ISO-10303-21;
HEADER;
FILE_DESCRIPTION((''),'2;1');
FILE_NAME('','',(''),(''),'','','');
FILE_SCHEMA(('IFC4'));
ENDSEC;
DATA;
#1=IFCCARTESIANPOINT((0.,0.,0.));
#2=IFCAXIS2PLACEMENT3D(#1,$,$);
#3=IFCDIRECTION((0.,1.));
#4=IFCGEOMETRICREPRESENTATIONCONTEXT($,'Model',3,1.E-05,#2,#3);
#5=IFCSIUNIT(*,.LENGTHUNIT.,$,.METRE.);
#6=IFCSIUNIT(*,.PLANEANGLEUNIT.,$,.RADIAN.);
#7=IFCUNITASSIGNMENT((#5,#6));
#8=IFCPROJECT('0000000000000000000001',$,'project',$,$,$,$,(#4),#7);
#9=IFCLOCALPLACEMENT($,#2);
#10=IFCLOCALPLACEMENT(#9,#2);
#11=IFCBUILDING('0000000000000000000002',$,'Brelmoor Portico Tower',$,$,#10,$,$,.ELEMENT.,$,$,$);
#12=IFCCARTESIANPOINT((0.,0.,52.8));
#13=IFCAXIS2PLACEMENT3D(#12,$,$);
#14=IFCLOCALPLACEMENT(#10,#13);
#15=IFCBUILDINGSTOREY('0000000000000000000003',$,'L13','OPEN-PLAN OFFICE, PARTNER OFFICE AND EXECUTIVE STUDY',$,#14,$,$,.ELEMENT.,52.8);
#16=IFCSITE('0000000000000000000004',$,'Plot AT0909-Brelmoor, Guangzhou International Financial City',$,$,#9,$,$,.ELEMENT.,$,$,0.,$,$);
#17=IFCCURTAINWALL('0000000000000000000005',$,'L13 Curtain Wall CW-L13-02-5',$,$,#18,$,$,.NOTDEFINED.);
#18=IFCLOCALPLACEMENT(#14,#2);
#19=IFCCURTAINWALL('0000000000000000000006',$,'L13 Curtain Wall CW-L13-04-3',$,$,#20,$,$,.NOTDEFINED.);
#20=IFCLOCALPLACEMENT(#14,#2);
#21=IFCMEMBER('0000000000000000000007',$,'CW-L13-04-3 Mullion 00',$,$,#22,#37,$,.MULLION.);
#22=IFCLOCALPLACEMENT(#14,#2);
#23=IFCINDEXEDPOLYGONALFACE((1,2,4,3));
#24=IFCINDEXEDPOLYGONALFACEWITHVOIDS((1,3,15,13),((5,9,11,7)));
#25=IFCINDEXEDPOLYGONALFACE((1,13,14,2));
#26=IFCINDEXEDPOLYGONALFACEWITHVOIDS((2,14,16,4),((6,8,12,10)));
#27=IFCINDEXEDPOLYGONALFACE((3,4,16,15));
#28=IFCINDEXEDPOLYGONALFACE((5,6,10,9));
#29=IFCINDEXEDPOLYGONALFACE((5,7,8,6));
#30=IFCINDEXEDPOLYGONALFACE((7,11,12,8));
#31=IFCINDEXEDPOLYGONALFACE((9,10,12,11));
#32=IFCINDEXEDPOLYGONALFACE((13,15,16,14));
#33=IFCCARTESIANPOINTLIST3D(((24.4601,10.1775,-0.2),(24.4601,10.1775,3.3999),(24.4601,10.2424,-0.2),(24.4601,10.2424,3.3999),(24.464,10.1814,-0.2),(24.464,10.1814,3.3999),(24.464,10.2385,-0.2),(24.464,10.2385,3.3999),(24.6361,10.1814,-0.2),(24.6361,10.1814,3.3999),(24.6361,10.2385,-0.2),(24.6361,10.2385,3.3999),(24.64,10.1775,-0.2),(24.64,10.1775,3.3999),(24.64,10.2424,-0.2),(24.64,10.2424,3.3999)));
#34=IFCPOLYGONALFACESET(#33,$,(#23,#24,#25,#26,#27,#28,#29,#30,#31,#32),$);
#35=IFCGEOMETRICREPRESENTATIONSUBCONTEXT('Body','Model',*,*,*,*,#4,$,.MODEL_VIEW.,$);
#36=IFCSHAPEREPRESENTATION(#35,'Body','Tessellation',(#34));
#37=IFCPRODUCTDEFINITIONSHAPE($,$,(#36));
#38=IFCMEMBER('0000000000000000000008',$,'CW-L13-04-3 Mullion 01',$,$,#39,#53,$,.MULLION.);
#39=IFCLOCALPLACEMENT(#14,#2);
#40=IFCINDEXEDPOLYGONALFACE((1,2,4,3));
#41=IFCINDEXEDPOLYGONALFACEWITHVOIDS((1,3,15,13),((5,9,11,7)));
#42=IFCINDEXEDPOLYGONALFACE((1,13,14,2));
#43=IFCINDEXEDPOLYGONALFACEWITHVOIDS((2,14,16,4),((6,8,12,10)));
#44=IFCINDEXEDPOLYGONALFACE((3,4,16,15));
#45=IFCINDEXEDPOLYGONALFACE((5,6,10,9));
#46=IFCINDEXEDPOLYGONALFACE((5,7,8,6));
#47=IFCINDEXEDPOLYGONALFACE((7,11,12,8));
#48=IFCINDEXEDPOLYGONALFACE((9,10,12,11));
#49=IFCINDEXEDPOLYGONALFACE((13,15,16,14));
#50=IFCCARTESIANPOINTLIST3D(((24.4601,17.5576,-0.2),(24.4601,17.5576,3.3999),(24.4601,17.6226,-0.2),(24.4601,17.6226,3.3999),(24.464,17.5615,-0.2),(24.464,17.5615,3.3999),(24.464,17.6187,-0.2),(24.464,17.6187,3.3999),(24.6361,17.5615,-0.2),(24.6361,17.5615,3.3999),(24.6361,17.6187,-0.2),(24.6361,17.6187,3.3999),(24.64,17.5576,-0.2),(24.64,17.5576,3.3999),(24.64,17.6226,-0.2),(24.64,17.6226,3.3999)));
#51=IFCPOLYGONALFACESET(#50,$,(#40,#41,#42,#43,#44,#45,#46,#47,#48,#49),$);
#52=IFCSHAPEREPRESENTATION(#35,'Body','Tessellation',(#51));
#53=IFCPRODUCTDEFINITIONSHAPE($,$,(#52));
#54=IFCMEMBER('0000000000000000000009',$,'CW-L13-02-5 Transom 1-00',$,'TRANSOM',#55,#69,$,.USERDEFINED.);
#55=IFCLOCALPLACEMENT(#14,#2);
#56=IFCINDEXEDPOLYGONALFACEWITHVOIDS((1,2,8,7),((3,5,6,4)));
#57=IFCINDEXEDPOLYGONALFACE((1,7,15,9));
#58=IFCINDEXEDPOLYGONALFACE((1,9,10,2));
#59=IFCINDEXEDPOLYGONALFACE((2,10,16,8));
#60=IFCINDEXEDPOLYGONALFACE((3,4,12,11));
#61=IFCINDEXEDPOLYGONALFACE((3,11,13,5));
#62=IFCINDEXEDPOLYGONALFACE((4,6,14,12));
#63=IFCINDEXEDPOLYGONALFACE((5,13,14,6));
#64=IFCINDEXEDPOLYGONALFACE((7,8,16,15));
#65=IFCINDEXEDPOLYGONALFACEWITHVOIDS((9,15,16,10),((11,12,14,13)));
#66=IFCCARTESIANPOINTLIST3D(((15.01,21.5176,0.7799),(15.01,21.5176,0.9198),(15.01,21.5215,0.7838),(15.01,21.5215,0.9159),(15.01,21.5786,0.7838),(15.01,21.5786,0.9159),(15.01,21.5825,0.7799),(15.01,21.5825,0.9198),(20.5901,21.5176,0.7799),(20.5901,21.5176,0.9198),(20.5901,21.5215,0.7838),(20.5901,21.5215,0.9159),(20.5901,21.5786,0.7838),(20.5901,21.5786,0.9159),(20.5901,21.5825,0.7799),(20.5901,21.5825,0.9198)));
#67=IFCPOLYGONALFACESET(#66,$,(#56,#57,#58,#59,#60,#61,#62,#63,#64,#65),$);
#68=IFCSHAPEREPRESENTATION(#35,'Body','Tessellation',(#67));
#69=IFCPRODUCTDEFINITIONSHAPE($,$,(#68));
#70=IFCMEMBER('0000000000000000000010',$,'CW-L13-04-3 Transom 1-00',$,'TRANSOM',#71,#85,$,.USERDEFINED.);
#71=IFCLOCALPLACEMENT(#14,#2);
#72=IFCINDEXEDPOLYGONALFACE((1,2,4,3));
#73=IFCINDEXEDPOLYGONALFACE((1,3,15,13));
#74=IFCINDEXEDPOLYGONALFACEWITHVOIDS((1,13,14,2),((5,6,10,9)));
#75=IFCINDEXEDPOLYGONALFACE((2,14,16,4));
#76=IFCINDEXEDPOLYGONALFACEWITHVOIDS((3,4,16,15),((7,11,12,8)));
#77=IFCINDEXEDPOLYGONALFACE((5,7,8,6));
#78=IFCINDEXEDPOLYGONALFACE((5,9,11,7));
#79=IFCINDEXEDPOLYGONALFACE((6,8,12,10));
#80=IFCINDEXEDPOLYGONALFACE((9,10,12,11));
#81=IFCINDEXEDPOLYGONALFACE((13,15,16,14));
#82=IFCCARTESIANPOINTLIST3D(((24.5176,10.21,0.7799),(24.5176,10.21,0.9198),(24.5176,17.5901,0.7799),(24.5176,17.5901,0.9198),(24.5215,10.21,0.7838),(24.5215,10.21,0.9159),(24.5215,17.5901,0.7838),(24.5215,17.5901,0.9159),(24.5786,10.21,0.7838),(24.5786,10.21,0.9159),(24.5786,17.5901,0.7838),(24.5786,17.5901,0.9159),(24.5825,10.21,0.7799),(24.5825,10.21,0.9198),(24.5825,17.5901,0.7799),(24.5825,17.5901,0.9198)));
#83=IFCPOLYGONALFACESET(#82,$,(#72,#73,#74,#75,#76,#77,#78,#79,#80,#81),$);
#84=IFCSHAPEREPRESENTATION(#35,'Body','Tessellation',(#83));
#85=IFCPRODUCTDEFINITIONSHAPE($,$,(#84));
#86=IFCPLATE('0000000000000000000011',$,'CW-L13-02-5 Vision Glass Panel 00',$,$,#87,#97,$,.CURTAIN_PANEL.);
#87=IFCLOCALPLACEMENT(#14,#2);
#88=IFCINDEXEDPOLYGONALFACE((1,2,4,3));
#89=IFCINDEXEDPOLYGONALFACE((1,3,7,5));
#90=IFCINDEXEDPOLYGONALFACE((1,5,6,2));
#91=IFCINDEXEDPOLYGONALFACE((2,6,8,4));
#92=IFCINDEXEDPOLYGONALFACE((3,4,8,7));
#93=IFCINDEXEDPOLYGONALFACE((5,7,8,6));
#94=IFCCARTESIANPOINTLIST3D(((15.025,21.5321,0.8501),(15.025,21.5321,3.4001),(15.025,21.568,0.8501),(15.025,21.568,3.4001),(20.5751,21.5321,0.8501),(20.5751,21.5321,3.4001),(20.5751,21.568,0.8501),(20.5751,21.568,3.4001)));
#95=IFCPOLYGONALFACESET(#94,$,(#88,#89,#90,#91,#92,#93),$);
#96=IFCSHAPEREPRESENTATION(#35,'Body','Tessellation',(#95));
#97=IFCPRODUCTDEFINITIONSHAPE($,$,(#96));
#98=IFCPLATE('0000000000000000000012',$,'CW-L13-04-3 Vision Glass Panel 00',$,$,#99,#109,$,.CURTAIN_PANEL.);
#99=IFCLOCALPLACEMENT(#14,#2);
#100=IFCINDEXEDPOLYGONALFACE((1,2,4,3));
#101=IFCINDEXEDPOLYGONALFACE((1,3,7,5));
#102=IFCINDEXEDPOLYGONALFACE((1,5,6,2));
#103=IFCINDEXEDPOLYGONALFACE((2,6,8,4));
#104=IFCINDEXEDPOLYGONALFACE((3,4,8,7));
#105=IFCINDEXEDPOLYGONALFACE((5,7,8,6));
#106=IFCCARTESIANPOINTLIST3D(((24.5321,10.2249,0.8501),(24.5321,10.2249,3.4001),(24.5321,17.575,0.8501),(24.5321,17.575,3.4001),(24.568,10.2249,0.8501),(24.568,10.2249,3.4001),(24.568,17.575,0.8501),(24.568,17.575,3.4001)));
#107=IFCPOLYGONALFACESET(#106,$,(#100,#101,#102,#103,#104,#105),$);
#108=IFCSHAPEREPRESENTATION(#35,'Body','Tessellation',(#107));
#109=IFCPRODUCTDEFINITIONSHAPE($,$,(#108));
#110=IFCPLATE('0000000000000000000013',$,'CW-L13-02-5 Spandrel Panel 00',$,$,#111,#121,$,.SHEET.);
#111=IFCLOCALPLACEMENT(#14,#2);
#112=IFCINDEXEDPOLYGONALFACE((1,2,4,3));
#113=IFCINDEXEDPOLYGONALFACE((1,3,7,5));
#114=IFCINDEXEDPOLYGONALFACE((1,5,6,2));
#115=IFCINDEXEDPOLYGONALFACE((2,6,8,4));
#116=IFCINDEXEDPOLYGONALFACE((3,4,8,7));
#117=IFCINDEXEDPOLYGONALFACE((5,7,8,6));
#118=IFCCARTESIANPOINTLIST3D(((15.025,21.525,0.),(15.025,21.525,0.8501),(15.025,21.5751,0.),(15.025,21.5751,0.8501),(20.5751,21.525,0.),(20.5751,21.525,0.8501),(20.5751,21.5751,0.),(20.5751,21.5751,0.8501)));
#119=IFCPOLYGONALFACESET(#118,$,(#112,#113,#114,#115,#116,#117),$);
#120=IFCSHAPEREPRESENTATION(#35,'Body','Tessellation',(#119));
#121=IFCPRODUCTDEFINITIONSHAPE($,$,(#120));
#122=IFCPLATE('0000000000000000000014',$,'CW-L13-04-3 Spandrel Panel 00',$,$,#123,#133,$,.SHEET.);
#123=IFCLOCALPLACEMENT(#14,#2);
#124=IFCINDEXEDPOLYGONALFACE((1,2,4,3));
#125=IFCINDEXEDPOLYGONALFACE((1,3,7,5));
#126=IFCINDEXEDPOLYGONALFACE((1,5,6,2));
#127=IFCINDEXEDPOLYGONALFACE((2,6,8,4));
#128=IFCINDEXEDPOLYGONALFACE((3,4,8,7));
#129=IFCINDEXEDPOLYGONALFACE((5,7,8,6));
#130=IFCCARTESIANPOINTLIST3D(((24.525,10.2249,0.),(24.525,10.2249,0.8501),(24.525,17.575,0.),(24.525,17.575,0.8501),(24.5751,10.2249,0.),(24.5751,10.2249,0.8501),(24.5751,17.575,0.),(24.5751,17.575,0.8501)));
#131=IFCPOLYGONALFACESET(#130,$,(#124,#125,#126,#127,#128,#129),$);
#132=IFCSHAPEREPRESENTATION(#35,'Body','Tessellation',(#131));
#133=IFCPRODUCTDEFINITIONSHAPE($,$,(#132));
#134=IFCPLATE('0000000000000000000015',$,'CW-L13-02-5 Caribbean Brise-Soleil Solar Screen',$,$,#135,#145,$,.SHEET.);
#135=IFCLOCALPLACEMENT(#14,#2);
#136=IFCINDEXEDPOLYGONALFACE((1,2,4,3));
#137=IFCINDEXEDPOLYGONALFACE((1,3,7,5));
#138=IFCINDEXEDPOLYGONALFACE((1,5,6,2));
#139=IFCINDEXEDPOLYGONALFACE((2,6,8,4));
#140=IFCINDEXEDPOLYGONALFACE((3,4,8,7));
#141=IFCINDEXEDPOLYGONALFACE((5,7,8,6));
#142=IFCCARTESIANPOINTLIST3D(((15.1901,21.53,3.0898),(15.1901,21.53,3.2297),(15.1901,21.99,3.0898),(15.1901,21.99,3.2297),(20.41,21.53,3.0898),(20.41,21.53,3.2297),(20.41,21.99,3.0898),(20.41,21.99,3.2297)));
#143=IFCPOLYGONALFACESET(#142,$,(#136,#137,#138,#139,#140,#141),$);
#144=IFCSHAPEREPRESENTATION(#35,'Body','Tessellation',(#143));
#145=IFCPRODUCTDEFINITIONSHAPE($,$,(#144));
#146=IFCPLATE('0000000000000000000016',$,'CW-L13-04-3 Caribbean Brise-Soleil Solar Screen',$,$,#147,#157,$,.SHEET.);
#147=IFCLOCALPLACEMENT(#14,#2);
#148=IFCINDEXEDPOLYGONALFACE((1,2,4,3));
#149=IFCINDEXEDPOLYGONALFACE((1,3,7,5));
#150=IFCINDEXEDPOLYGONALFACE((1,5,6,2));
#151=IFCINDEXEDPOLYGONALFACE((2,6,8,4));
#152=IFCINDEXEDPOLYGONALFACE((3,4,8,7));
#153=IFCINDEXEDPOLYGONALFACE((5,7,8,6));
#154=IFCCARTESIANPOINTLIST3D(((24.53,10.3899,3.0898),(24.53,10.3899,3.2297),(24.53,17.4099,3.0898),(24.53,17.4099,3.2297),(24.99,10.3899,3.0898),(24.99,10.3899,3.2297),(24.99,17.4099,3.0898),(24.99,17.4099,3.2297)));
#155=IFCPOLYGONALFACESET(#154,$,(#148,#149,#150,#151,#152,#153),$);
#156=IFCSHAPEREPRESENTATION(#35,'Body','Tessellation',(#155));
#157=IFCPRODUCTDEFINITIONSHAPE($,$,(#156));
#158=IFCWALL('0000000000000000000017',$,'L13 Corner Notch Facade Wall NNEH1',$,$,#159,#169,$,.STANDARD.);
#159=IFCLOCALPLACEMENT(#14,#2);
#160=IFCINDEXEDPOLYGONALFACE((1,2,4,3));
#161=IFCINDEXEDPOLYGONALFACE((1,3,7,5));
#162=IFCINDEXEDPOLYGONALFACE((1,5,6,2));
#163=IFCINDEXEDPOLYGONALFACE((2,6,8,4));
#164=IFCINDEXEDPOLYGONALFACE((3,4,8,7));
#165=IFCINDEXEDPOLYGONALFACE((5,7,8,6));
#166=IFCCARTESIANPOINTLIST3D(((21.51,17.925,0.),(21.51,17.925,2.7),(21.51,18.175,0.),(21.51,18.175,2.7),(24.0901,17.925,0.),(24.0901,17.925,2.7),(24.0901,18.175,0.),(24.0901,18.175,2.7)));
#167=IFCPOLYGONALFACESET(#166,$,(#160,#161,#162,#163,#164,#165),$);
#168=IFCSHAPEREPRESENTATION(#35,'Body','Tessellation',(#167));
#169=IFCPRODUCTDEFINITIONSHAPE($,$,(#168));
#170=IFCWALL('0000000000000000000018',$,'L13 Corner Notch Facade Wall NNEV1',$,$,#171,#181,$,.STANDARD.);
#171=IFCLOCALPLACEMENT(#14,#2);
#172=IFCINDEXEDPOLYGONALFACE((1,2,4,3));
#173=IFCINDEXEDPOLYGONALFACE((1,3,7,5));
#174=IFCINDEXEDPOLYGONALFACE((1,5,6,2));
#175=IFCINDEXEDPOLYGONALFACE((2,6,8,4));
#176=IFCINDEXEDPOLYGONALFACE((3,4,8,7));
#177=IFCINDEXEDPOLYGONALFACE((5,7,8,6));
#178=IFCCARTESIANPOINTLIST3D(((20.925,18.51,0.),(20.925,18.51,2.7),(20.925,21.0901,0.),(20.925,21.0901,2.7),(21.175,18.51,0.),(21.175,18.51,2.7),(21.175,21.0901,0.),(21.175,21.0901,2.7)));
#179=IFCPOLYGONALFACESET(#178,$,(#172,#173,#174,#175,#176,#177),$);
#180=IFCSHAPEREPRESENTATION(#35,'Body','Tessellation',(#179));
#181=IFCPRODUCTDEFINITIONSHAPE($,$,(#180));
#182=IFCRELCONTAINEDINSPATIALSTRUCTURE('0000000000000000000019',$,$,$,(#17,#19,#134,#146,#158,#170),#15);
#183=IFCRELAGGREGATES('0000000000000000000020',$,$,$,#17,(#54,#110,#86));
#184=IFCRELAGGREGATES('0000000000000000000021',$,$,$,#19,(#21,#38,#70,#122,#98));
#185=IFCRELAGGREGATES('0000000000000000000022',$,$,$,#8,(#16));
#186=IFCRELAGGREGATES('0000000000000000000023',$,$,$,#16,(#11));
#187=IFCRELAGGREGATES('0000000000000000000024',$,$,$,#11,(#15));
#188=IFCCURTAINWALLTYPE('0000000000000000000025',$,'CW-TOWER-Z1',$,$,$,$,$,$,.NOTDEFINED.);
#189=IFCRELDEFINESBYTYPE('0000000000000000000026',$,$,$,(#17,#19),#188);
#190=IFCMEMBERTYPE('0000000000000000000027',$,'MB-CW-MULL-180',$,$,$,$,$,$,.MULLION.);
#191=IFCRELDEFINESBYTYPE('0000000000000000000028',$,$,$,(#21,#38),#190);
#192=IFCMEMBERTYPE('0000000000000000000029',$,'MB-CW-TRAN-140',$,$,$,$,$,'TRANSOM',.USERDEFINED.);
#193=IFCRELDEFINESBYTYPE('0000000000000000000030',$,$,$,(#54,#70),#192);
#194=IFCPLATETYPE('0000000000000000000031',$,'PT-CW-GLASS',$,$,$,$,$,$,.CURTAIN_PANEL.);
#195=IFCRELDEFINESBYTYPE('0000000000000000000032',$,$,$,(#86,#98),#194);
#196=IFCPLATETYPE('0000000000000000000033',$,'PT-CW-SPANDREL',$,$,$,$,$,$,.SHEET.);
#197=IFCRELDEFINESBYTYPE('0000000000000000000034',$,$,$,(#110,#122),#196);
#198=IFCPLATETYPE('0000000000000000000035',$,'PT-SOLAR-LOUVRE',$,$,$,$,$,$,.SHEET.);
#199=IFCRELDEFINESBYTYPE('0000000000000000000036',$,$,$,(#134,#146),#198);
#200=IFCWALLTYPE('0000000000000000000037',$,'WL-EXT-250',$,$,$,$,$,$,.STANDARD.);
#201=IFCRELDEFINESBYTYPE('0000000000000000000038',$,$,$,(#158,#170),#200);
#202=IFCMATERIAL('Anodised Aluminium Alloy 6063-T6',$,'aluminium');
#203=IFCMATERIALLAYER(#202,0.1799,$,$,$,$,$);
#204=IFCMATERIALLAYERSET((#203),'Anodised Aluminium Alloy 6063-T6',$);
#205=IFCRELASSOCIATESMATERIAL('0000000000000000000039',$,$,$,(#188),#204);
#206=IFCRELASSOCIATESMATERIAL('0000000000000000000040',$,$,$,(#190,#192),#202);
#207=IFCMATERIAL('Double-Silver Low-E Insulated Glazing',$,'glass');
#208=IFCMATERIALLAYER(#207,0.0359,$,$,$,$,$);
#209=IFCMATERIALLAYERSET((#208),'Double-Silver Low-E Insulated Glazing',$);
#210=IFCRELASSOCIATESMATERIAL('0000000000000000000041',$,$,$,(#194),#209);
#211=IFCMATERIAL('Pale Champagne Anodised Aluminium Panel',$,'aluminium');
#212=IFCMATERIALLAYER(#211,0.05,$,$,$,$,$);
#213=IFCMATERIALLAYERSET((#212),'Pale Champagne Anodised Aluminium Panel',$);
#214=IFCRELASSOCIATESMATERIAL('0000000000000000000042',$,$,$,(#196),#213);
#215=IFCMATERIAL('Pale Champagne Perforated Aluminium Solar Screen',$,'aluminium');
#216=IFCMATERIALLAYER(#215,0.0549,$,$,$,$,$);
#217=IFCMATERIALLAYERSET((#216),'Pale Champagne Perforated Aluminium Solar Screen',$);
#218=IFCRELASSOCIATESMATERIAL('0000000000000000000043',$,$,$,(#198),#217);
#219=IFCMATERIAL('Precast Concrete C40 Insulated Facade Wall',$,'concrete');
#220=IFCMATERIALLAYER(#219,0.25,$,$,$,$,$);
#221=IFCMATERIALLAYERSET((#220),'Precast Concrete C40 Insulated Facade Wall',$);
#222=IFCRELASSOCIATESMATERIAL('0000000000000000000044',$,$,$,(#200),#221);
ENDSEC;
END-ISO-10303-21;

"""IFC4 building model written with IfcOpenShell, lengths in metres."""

from ifc_helpers import new_model, si_unit, direction, frame, frame_2d, origin, origin_2d, place, context, subcontext, project, spatial, rectangle, hollow_rectangle, extrude, material, layer, layer_set, material_profile, profile_set, type_object, element, aggregate, save


model = new_model("IFC4")

# Units and contexts
model_context = context("Model", 3, precision=1e-05, world=origin(), true_north=direction((0.0, 1.0)))
body_context = subcontext(model_context, "Body", "Model", "MODEL_VIEW")
ifc_project = project(units=[si_unit("LENGTHUNIT", "METRE"), si_unit("PLANEANGLEUNIT", "RADIAN")], contexts=[model_context])

# Site, building, storey
site_placement = place(None, origin())
site = spatial("IfcSite", under=ifc_project, at=site_placement, Name="Plot AT0909-Brelmoor, Guangzhou International Financial City", CompositionType="ELEMENT", RefElevation=0.0)
building_placement = place(site_placement, origin())
building = spatial("IfcBuilding", under=site, at=building_placement, Name="Brelmoor Portico Tower", CompositionType="ELEMENT")
storey_placement = place(building_placement, frame((0.0, 0.0, 52.8)))
storey = spatial("IfcBuildingStorey", under=building, at=storey_placement, Name="L13", Description="OPEN-PLAN OFFICE, PARTNER OFFICE AND EXECUTIVE STUDY", CompositionType="ELEMENT", Elevation=52.8)

# Shared definitions
ifc_material_1 = material(Name="Anodised Aluminium Alloy 6063-T6", Category="aluminium")
ifc_layer_1 = layer(ifc_material_1, 0.1799)
ifc_layer_set_1 = layer_set([ifc_layer_1], Name="Anodised Aluminium Alloy 6063-T6")
curtain_wall_type = type_object("IfcCurtainWallType", Name="CW-TOWER-Z1", PredefinedType="NOTDEFINED", material=ifc_layer_set_1)
ifc_material_profile_1 = material_profile(ifc_material_1, hollow_rectangle(XDim=0.0649, YDim=0.1799, WallThickness=0.0039, at=origin_2d()), Name="ALU MULLION 65x180")
ifc_profile_set_1 = profile_set([ifc_material_profile_1], Name="Anodised Aluminium Alloy 6063-T6")
member_type_1 = type_object("IfcMemberType", Name="MB-CW-MULL-180", PredefinedType="MULLION", material=ifc_profile_set_1)

# Curtain walls, members
curtain_wall_1_placement = place(storey_placement, origin())
curtain_wall_1 = element("IfcCurtainWall", 1, at=curtain_wall_1_placement, inside=storey, type_object=curtain_wall_type, Name="L13 Curtain Wall CW-L13-02-5", PredefinedType="NOTDEFINED")
curtain_wall_2_placement = place(storey_placement, origin())
curtain_wall_2 = element("IfcCurtainWall", 2, at=curtain_wall_2_placement, inside=storey, type_object=curtain_wall_type, Name="L13 Curtain Wall CW-L13-04-3", PredefinedType="NOTDEFINED")
member_1_placement = place(storey_placement, frame((24.55, 10.21, -0.2), z_axis=(0.0, 0.0, 1.0), x_axis=(0.0, 1.0, 0.0)))
member_1 = element("IfcMember", 3, at=member_1_placement, type_object=member_type_1, Name="CW-L13-04-3 Mullion 00", PredefinedType="MULLION", context=body_context, shape_type="SweptSolid", body=[
    extrude(hollow_rectangle(XDim=0.0649, YDim=0.1799, WallThickness=0.0039, at=origin_2d()), origin(), (0.0, 0.0, 1.0), 3.5999),
])
member_2_placement = place(storey_placement, frame((24.55, 17.5901, -0.2), z_axis=(0.0, 0.0, 1.0), x_axis=(0.0, 1.0, 0.0)))
member_2 = element("IfcMember", 4, at=member_2_placement, type_object=member_type_1, Name="CW-L13-04-3 Mullion 01", PredefinedType="MULLION", context=body_context, shape_type="SweptSolid", body=[
    extrude(hollow_rectangle(XDim=0.0649, YDim=0.1799, WallThickness=0.0039, at=origin_2d()), origin(), (0.0, 0.0, 1.0), 3.5999),
])

# Members
ifc_material_profile_2 = material_profile(ifc_material_1, hollow_rectangle(XDim=0.0649, YDim=0.1399, WallThickness=0.0039, at=origin_2d()), Name="ALU TRANSOM 65x140")
ifc_profile_set_2 = profile_set([ifc_material_profile_2], Name="Anodised Aluminium Alloy 6063-T6")
member_type_2 = type_object("IfcMemberType", Name="MB-CW-TRAN-140", ElementType="TRANSOM", PredefinedType="USERDEFINED", material=ifc_profile_set_2)
member_3_placement = place(storey_placement, frame((15.01, 21.55, 0.8499), z_axis=(1.0, 0.0, 0.0), x_axis=(0.0, 1.0, 0.0)))
member_3 = element("IfcMember", 5, at=member_3_placement, type_object=member_type_2, Name="CW-L13-02-5 Transom 1-00", ObjectType="TRANSOM", PredefinedType="USERDEFINED", context=body_context, shape_type="SweptSolid", body=[
    extrude(hollow_rectangle(XDim=0.0649, YDim=0.1399, WallThickness=0.0039, at=origin_2d()), origin(), (0.0, 0.0, 1.0), 5.5801),
])
member_4_placement = place(storey_placement, frame((24.55, 10.21, 0.8499), z_axis=(0.0, 1.0, 0.0), x_axis=(-1.0, 0.0, 0.0)))
member_4 = element("IfcMember", 6, at=member_4_placement, type_object=member_type_2, Name="CW-L13-04-3 Transom 1-00", ObjectType="TRANSOM", PredefinedType="USERDEFINED", context=body_context, shape_type="SweptSolid", body=[
    extrude(hollow_rectangle(XDim=0.0649, YDim=0.1399, WallThickness=0.0039, at=origin_2d()), origin(), (0.0, 0.0, 1.0), 7.3801),
])

# Plates
ifc_material_2 = material(Name="Double-Silver Low-E Insulated Glazing", Category="glass")
ifc_layer_2 = layer(ifc_material_2, 0.0359)
ifc_layer_set_2 = layer_set([ifc_layer_2], Name="Double-Silver Low-E Insulated Glazing")
plate_type_1 = type_object("IfcPlateType", Name="PT-CW-GLASS", PredefinedType="CURTAIN_PANEL", material=ifc_layer_set_2)
plate_1_placement = place(storey_placement, frame((17.8, 21.55, 0.8501), z_axis=(0.0, 0.0, 1.0), x_axis=(1.0, 0.0, 0.0)))
plate_1 = element("IfcPlate", 7, at=plate_1_placement, type_object=plate_type_1, Name="CW-L13-02-5 Vision Glass Panel 00", PredefinedType="CURTAIN_PANEL", context=body_context, shape_type="SweptSolid", body=[
    extrude(rectangle(XDim=5.55, YDim=0.0359, at=origin_2d()), origin(), (0.0, 0.0, 1.0), 2.55),
])
plate_2_placement = place(storey_placement, frame((24.55, 13.8999, 0.8501), z_axis=(0.0, 0.0, 1.0), x_axis=(0.0, 1.0, 0.0)))
plate_2 = element("IfcPlate", 8, at=plate_2_placement, type_object=plate_type_1, Name="CW-L13-04-3 Vision Glass Panel 00", PredefinedType="CURTAIN_PANEL", context=body_context, shape_type="SweptSolid", body=[
    extrude(rectangle(XDim=7.3501, YDim=0.0359, at=origin_2d()), origin(), (0.0, 0.0, 1.0), 2.55),
])
ifc_material_3 = material(Name="Pale Champagne Anodised Aluminium Panel", Category="aluminium")
ifc_layer_3 = layer(ifc_material_3, 0.05)
ifc_layer_set_3 = layer_set([ifc_layer_3], Name="Pale Champagne Anodised Aluminium Panel")
plate_type_2 = type_object("IfcPlateType", Name="PT-CW-SPANDREL", PredefinedType="SHEET", material=ifc_layer_set_3)
plate_3_placement = place(storey_placement, frame((17.8, 21.55, 0.0), z_axis=(0.0, 0.0, 1.0), x_axis=(1.0, 0.0, 0.0)))
plate_3 = element("IfcPlate", 9, at=plate_3_placement, type_object=plate_type_2, Name="CW-L13-02-5 Spandrel Panel 00", PredefinedType="SHEET", context=body_context, shape_type="SweptSolid", body=[
    extrude(rectangle(XDim=5.55, YDim=0.05, at=origin_2d()), origin(), (0.0, 0.0, 1.0), 0.8501),
])
aggregate(curtain_wall_1, [member_3, plate_3, plate_1])
plate_4_placement = place(storey_placement, frame((24.55, 13.8999, 0.0), z_axis=(0.0, 0.0, 1.0), x_axis=(0.0, 1.0, 0.0)))
plate_4 = element("IfcPlate", 10, at=plate_4_placement, type_object=plate_type_2, Name="CW-L13-04-3 Spandrel Panel 00", PredefinedType="SHEET", context=body_context, shape_type="SweptSolid", body=[
    extrude(rectangle(XDim=7.3501, YDim=0.05, at=origin_2d()), origin(), (0.0, 0.0, 1.0), 0.8501),
])
aggregate(curtain_wall_2, [member_1, member_2, member_4, plate_4, plate_2])

# Plates
ifc_material_4 = material(Name="Pale Champagne Perforated Aluminium Solar Screen", Category="aluminium")
ifc_layer_4 = layer(ifc_material_4, 0.0549)
ifc_layer_set_4 = layer_set([ifc_layer_4], Name="Pale Champagne Perforated Aluminium Solar Screen")
plate_type_3 = type_object("IfcPlateType", Name="PT-SOLAR-LOUVRE", PredefinedType="SHEET", material=ifc_layer_set_4)
plate_5_placement = place(storey_placement, frame((17.8, 21.76, 3.0898), z_axis=(0.0, 0.0, 1.0), x_axis=(1.0, 0.0, 0.0)))
element("IfcPlate", 11, at=plate_5_placement, inside=storey, type_object=plate_type_3, Name="CW-L13-02-5 Caribbean Brise-Soleil Solar Screen", PredefinedType="SHEET", context=body_context, shape_type="SweptSolid", body=[
    extrude(rectangle(XDim=5.22, YDim=0.46, at=origin_2d()), origin(), (0.0, 0.0, 1.0), 0.1399),
])
plate_6_placement = place(storey_placement, frame((24.76, 13.8999, 3.0898), z_axis=(0.0, 0.0, 1.0), x_axis=(0.0, 1.0, 0.0)))
element("IfcPlate", 12, at=plate_6_placement, inside=storey, type_object=plate_type_3, Name="CW-L13-04-3 Caribbean Brise-Soleil Solar Screen", PredefinedType="SHEET", context=body_context, shape_type="SweptSolid", body=[
    extrude(rectangle(XDim=7.02, YDim=0.46, at=origin_2d()), origin(), (0.0, 0.0, 1.0), 0.1399),
])

# Walls
ifc_material_5 = material(Name="Precast Concrete C40 Insulated Facade Wall", Category="concrete")
ifc_layer_5 = layer(ifc_material_5, 0.25)
ifc_layer_set_5 = layer_set([ifc_layer_5], Name="Precast Concrete C40 Insulated Facade Wall")
wall_type_1 = type_object("IfcWallType", Name="WL-EXT-250", PredefinedType="STANDARD", material=ifc_layer_set_5)
for number, where, z_axis, x_axis, name in (
    (13, (21.51, 18.05, 0.0), (0.0, 0.0, 1.0), (1.0, 0.0, 0.0), "L13 Corner Notch Facade Wall NNEH1"),
    (14, (21.05, 18.51, 0.0), (0.0, 0.0, 1.0), (0.0, 1.0, 0.0), "L13 Corner Notch Facade Wall NNEV1"),
):
    element("IfcWall", number, at=place(storey_placement, frame(where, z_axis=z_axis, x_axis=x_axis)), inside=storey, type_object=wall_type_1, Name=name, PredefinedType="STANDARD", context=body_context, shape_type="SweptSolid", body=[
        extrude(rectangle(XDim=2.5801, YDim=0.25, at=frame_2d((1.29, 0.0))), origin(), (0.0, 0.0, 1.0), 2.7),
    ])

save(model, "model.ifc")
